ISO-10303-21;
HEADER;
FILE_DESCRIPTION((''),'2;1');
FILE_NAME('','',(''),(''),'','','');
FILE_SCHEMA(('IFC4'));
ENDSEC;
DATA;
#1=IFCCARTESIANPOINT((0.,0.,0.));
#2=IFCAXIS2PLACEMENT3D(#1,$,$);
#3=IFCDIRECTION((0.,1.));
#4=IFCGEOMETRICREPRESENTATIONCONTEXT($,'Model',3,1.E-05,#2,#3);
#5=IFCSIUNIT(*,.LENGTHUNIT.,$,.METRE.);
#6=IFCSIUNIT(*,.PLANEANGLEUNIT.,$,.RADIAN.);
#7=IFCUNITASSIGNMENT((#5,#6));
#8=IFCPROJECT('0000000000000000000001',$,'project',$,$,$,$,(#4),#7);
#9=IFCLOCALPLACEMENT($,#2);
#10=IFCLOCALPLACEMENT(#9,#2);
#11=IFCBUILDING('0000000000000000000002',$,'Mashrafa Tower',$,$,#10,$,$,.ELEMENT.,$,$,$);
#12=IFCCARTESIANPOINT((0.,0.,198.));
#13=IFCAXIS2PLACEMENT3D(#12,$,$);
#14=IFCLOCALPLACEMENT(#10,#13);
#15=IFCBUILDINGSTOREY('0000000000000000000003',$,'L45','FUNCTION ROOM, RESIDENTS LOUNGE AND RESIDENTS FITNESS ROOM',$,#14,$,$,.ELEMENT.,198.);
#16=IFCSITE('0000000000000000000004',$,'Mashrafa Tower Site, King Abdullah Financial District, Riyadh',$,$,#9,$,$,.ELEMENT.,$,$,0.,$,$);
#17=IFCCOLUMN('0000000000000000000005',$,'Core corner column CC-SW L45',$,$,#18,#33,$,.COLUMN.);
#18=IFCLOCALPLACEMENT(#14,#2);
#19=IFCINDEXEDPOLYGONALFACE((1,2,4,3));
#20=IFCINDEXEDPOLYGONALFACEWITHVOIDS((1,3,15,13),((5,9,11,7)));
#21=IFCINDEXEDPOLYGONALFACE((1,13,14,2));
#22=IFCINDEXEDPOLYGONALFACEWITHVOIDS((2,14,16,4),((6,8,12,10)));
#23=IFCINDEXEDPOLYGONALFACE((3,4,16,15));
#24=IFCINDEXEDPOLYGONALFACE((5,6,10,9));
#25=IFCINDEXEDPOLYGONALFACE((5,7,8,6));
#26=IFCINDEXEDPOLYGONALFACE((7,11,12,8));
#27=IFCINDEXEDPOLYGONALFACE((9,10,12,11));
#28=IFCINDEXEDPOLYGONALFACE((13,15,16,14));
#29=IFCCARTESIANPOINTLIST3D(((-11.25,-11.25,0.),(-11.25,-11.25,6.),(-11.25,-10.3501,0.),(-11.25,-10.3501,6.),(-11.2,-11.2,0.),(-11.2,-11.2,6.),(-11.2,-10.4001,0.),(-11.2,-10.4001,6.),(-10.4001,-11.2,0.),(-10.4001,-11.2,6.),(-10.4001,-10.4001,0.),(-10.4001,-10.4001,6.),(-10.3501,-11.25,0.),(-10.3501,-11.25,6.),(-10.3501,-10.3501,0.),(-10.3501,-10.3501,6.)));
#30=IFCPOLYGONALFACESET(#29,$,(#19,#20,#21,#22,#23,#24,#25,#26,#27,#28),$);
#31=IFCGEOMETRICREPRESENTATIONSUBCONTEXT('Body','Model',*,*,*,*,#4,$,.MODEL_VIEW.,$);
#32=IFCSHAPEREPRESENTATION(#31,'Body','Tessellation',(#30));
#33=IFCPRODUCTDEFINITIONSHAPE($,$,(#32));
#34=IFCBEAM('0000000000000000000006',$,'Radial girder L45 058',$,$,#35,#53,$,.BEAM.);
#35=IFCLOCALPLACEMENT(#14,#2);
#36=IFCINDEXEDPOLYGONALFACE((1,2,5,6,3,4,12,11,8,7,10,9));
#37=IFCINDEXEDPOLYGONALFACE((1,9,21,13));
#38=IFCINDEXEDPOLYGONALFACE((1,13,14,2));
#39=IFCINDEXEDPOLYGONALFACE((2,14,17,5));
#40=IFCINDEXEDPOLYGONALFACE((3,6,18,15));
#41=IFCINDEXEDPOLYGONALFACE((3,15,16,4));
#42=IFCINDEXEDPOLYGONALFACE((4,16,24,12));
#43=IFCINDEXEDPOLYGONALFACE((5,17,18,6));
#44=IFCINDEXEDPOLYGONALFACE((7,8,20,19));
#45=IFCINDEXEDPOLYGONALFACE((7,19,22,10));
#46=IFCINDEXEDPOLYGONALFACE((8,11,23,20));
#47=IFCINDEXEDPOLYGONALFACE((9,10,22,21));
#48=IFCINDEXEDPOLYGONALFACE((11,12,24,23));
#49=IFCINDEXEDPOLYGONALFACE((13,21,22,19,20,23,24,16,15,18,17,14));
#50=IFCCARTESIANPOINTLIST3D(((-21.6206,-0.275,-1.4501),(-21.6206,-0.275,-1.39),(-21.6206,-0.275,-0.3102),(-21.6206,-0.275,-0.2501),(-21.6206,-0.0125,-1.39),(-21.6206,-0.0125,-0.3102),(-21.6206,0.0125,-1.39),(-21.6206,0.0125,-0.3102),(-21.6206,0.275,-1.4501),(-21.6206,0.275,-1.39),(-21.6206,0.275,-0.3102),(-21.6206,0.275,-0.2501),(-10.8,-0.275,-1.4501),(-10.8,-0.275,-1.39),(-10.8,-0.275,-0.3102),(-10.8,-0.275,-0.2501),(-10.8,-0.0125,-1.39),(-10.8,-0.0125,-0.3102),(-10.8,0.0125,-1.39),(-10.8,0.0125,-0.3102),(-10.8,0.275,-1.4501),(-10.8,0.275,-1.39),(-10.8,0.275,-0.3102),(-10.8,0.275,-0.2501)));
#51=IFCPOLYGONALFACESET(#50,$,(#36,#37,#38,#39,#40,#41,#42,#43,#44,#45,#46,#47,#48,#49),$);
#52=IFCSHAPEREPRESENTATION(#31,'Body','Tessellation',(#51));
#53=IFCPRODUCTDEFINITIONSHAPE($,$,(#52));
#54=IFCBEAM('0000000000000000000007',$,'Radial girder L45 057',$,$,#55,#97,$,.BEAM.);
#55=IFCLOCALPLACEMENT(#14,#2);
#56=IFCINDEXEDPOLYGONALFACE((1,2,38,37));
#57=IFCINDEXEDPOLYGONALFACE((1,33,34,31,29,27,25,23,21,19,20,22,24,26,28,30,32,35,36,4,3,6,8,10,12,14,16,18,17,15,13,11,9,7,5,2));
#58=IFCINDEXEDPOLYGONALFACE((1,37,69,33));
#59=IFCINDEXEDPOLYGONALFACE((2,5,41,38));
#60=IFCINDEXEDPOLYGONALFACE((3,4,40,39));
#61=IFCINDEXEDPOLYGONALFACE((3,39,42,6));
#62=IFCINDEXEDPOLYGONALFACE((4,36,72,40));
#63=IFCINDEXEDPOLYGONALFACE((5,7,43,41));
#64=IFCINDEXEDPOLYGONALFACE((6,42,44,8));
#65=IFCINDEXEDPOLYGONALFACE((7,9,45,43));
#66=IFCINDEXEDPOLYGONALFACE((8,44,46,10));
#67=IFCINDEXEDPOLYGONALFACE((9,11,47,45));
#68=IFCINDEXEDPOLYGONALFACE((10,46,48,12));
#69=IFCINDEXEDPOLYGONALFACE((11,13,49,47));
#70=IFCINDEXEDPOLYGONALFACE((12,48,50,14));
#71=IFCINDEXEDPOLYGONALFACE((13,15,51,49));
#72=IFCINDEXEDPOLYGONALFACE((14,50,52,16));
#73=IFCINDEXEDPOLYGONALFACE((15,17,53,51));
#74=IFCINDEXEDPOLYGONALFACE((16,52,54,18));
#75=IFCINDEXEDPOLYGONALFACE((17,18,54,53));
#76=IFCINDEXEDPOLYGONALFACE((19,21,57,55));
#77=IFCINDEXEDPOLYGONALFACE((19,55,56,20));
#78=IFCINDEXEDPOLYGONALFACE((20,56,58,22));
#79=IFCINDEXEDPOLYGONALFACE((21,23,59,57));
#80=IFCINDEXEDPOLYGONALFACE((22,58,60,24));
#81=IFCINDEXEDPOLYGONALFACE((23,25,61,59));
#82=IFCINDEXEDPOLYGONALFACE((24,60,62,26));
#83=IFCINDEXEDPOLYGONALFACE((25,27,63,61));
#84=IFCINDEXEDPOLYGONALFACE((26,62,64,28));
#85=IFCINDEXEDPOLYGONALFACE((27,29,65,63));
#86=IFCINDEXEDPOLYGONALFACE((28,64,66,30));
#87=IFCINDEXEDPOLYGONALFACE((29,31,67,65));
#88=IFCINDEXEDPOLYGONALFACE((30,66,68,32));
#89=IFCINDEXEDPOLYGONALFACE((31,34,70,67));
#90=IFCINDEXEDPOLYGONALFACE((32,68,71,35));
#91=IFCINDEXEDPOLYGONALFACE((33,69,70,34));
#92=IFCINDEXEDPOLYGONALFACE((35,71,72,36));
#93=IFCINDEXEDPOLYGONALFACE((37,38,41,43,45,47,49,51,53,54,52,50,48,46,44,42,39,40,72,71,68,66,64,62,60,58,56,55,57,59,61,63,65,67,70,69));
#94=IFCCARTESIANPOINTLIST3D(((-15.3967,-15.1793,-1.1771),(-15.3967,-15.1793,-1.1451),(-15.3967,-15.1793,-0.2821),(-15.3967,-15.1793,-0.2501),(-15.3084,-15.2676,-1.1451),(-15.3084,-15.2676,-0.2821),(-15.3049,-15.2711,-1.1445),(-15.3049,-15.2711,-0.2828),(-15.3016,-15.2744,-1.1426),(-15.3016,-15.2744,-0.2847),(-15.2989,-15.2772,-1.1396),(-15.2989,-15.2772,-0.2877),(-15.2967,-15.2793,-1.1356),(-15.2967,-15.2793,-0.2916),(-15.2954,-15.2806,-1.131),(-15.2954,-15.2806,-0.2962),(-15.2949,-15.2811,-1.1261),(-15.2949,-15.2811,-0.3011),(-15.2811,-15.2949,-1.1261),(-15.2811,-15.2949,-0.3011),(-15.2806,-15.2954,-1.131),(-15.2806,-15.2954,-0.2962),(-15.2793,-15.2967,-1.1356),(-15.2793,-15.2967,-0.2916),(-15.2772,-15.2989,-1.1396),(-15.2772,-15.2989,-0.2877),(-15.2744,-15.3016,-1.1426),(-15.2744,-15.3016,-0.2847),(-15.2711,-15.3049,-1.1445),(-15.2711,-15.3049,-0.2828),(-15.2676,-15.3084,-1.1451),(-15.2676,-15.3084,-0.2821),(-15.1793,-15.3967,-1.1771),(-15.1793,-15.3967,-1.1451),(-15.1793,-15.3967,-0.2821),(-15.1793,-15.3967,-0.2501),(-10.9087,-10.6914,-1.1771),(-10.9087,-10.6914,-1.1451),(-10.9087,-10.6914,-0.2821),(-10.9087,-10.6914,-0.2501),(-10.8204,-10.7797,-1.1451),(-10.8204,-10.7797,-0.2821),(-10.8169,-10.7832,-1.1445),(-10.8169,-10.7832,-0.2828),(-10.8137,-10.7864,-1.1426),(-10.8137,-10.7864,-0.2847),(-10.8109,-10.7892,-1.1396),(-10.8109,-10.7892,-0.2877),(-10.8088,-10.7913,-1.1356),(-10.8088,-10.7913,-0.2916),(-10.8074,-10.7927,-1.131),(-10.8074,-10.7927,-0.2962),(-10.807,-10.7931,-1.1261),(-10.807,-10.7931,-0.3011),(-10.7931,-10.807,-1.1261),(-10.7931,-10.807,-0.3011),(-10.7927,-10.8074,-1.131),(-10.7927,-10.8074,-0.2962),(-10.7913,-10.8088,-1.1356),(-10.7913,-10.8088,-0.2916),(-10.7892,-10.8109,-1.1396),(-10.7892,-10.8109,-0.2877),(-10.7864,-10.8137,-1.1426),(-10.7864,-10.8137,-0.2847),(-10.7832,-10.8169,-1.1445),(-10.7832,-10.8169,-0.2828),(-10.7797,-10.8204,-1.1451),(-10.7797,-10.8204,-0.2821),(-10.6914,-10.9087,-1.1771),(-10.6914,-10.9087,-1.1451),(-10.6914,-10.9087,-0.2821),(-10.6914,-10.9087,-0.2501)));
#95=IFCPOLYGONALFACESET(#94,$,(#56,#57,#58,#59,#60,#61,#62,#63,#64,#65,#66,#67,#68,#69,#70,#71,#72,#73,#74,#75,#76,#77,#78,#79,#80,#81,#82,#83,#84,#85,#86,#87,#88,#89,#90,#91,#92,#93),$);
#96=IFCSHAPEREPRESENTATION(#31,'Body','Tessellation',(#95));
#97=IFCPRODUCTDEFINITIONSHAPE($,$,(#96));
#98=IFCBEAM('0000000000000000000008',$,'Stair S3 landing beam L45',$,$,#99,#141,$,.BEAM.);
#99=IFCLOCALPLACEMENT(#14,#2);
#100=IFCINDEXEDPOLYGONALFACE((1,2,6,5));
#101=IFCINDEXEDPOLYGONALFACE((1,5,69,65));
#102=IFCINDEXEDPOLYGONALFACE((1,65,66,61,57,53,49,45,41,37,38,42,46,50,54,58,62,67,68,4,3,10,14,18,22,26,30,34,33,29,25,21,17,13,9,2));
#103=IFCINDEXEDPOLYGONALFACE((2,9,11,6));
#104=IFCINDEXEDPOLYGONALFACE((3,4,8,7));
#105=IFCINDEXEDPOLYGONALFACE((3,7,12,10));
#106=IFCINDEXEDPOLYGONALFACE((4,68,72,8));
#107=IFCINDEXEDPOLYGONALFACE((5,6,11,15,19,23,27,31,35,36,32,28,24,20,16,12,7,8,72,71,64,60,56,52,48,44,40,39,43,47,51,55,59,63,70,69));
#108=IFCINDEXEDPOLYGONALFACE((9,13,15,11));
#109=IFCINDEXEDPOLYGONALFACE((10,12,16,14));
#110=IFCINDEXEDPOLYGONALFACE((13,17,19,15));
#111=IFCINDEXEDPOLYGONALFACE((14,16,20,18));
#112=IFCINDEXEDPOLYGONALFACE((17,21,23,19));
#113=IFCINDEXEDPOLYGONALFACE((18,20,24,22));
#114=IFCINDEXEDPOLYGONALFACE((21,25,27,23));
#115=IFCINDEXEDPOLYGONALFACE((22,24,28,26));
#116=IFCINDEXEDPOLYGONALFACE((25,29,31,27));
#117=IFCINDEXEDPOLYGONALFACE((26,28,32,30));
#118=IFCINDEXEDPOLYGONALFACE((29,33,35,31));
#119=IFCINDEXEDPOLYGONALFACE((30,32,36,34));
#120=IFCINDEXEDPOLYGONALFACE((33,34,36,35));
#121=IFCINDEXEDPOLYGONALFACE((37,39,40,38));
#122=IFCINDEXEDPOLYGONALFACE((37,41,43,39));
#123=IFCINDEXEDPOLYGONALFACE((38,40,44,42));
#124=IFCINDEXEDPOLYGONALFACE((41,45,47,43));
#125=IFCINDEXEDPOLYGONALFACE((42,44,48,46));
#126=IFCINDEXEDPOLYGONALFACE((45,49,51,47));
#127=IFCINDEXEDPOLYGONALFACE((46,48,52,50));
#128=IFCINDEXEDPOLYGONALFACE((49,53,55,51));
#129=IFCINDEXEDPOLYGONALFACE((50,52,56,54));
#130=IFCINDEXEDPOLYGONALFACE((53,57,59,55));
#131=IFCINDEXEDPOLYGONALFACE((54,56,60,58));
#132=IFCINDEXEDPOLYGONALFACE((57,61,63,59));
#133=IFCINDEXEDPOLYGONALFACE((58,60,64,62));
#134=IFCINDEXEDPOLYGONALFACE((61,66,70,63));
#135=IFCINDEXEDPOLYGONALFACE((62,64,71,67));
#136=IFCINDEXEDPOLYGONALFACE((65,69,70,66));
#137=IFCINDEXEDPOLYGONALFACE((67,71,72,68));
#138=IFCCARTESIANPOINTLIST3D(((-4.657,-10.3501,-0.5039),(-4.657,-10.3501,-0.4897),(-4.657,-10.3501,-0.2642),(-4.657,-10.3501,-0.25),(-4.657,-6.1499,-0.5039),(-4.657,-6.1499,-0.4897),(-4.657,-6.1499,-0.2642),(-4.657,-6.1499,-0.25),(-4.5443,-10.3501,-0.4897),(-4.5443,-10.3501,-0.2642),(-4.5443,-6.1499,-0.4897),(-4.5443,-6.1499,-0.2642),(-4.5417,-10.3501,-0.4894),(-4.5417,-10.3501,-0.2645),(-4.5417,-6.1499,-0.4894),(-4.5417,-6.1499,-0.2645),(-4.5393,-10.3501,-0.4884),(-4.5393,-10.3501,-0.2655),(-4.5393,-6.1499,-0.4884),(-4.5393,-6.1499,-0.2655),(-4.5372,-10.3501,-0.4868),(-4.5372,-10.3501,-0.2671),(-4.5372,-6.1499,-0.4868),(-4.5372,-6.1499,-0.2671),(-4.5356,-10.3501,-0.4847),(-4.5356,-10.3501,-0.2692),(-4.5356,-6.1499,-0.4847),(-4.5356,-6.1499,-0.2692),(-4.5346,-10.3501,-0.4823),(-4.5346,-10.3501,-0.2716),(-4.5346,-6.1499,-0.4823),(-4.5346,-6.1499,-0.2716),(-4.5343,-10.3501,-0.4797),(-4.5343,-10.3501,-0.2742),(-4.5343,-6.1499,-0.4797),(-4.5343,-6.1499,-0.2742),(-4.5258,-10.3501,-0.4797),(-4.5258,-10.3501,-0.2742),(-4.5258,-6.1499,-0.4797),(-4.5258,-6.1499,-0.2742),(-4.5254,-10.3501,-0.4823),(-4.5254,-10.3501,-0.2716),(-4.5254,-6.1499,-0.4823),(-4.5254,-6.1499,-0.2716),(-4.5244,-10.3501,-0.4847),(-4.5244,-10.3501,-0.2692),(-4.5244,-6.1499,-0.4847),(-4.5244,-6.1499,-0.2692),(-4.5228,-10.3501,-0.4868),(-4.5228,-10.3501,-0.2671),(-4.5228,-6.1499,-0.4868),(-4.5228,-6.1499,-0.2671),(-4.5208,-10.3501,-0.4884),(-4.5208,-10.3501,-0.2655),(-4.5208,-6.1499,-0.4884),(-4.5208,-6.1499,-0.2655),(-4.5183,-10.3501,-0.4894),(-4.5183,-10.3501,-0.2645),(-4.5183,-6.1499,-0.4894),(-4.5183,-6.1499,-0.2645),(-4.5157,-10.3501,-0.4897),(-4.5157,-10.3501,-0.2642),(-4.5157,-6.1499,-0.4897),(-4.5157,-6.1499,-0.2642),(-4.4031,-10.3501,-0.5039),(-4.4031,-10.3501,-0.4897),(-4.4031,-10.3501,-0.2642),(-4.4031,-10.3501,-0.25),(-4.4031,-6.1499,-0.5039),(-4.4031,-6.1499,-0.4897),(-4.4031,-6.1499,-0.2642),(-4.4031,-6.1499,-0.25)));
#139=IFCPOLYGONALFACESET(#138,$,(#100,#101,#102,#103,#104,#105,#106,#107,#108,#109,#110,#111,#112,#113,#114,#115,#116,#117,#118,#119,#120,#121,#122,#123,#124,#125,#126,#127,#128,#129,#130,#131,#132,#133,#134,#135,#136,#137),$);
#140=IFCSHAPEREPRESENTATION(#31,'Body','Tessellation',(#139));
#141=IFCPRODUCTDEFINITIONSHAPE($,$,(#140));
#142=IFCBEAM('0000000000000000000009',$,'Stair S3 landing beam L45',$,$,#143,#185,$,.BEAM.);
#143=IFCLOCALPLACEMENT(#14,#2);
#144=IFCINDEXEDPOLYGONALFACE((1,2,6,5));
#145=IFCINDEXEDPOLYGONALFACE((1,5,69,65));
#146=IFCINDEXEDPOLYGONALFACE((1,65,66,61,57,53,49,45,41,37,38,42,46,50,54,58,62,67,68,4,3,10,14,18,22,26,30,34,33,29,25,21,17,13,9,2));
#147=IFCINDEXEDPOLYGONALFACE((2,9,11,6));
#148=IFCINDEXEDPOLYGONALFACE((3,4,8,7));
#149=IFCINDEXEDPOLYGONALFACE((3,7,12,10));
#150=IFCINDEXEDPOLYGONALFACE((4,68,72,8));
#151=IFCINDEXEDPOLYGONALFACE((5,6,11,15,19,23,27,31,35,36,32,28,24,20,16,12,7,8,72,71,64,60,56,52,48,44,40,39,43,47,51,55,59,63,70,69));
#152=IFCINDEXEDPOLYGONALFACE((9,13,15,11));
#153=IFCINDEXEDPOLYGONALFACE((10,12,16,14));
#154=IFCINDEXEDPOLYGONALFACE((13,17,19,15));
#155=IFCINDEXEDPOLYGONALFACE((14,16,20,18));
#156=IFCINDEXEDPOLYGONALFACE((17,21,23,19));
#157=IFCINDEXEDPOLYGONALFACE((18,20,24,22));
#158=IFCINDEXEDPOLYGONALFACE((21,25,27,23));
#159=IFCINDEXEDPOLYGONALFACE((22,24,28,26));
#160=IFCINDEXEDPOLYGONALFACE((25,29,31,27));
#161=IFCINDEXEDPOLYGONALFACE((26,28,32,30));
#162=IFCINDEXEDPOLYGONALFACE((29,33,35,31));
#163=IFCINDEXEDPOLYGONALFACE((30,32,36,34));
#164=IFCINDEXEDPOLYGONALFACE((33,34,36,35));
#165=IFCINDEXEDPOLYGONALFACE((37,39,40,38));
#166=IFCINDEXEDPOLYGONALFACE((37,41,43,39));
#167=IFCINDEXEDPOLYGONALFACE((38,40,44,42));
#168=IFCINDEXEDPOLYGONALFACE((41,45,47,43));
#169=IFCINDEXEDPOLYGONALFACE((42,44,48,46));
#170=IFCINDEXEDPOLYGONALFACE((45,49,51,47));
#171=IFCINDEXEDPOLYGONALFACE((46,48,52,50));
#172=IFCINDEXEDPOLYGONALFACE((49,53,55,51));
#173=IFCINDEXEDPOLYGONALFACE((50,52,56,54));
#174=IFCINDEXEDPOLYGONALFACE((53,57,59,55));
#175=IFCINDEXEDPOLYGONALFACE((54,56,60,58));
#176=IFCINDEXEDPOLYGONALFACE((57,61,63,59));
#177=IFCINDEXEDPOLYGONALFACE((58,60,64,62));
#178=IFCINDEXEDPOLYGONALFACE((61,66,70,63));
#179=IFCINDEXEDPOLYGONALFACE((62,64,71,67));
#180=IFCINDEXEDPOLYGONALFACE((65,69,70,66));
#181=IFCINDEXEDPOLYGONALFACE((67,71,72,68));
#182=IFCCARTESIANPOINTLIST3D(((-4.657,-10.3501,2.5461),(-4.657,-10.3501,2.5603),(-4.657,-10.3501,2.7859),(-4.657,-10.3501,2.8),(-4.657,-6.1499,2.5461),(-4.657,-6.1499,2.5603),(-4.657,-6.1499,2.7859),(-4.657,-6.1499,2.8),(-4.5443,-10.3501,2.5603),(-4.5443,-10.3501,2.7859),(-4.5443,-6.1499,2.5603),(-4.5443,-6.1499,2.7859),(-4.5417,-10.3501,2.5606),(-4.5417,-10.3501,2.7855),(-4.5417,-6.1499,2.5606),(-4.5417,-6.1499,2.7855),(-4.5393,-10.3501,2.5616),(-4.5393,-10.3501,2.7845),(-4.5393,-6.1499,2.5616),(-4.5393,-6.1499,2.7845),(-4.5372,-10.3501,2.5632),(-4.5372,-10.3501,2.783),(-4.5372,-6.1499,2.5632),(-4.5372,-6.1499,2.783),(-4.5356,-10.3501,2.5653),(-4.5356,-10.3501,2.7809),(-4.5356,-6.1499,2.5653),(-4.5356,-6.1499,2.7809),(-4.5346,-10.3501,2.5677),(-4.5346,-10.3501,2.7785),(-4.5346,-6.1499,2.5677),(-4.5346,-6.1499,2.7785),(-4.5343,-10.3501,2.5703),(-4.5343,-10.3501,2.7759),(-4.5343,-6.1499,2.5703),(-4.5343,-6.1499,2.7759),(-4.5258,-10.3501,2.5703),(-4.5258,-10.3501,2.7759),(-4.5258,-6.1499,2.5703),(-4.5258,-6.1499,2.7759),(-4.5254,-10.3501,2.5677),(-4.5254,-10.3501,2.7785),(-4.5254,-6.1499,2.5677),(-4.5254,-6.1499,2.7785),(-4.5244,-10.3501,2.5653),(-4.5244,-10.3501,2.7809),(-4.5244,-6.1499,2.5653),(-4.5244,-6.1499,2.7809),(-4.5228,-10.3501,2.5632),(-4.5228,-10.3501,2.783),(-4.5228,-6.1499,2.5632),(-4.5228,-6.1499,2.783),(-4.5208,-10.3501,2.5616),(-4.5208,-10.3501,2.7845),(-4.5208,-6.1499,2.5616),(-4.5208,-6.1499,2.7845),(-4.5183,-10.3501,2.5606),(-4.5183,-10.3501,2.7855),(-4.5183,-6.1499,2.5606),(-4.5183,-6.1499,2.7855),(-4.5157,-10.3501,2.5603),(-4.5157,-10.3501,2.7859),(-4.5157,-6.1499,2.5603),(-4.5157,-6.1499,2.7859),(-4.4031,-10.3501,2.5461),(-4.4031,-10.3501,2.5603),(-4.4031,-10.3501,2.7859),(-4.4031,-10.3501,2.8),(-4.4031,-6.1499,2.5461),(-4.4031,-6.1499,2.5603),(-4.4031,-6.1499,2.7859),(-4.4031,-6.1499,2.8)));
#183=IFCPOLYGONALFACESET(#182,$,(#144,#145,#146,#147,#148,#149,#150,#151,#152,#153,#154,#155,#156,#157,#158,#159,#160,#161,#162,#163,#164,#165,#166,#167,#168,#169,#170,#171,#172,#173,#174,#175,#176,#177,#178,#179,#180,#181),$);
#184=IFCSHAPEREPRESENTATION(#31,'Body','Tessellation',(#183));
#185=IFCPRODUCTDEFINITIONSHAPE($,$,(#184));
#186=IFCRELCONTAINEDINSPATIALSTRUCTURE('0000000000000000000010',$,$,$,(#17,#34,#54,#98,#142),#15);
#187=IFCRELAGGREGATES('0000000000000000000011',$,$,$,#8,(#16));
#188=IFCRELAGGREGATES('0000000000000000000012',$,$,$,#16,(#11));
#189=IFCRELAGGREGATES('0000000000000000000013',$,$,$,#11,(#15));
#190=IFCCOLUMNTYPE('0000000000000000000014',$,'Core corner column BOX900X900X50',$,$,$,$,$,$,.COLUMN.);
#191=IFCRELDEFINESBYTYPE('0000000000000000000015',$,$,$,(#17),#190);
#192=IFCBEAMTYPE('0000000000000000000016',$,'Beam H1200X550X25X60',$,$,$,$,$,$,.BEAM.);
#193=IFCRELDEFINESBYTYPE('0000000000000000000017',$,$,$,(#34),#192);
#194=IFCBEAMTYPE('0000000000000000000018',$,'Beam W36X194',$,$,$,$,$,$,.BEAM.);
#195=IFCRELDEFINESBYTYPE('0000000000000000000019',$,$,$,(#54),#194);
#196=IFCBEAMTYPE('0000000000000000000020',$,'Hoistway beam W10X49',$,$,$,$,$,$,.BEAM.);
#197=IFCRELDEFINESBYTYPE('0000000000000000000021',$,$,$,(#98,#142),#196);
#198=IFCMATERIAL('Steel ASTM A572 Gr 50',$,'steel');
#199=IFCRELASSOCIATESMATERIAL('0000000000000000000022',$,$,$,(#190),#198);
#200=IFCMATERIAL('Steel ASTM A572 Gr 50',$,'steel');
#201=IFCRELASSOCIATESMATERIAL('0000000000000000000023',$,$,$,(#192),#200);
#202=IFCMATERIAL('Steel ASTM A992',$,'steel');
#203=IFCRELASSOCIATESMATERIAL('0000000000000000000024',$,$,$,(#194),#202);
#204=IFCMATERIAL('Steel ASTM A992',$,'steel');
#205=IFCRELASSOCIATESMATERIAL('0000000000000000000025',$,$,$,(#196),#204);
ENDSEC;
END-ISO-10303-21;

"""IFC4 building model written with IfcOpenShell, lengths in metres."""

from ifc_helpers import new_model, si_unit, direction, frame, origin, origin_2d, place, context, subcontext, project, spatial, hollow_rectangle, i_section, extrude, material, material_profile, profile_set, type_object, element, save


model = new_model("IFC4")

# Units and contexts
model_context = context("Model", 3, precision=1e-05, world=origin(), true_north=direction((0.0, 1.0)))
body_context = subcontext(model_context, "Body", "Model", "MODEL_VIEW")
ifc_project = project(units=[si_unit("LENGTHUNIT", "METRE"), si_unit("PLANEANGLEUNIT", "RADIAN")], contexts=[model_context])

# Site, building, storey
site_placement = place(None, origin())
site = spatial("IfcSite", under=ifc_project, at=site_placement, Name="Mashrafa Tower Site, King Abdullah Financial District, Riyadh", CompositionType="ELEMENT", RefElevation=0.0)
building_placement = place(site_placement, origin())
building = spatial("IfcBuilding", under=site, at=building_placement, Name="Mashrafa Tower", CompositionType="ELEMENT")
storey_placement = place(building_placement, frame((0.0, 0.0, 198.0)))
storey = spatial("IfcBuildingStorey", under=building, at=storey_placement, Name="L45", Description="FUNCTION ROOM, RESIDENTS LOUNGE AND RESIDENTS FITNESS ROOM", CompositionType="ELEMENT", Elevation=198.0)

# Column
ifc_material_1 = material(Name="Steel ASTM A572 Gr 50", Category="steel")
ifc_material_profile_1 = material_profile(ifc_material_1, hollow_rectangle(XDim=0.8999, YDim=0.8999, WallThickness=0.05, at=origin_2d()), Name="BOX900X900X50")
ifc_profile_set_1 = profile_set([ifc_material_profile_1], Name="Steel ASTM A572 Gr 50")
column_type = type_object("IfcColumnType", Name="Core corner column BOX900X900X50", PredefinedType="COLUMN", material=ifc_profile_set_1)
column_placement = place(storey_placement, frame((-10.8, -10.8, 0.0), z_axis=(0.0, 0.0, 1.0), x_axis=(1.0, 0.0, 0.0)))
element("IfcColumn", 1, at=column_placement, inside=storey, type_object=column_type, Name="Core corner column CC-SW L45", PredefinedType="COLUMN", context=body_context, shape_type="SweptSolid", body=[
    extrude(hollow_rectangle(XDim=0.8999, YDim=0.8999, WallThickness=0.05, at=origin_2d()), origin(), (0.0, 0.0, 1.0), 6.0),
])

# Beams
ifc_material_2 = material(Name="Steel ASTM A572 Gr 50", Category="steel")
ifc_material_profile_2 = material_profile(ifc_material_2, i_section(OverallWidth=0.55, OverallDepth=1.2, WebThickness=0.0249, FlangeThickness=0.0601, at=origin_2d()), Name="H1200X550X25X60")
ifc_profile_set_2 = profile_set([ifc_material_profile_2], Name="Steel ASTM A572 Gr 50")
beam_type_1 = type_object("IfcBeamType", Name="Beam H1200X550X25X60", PredefinedType="BEAM", material=ifc_profile_set_2)
beam_1_placement = place(storey_placement, frame((-10.8, 0.0, -0.8501), z_axis=(-1.0, 0.0, 0.0), x_axis=(0.0, -1.0, 0.0)))
element("IfcBeam", 2, at=beam_1_placement, inside=storey, type_object=beam_type_1, Name="Radial girder L45 058", PredefinedType="BEAM", context=body_context, shape_type="SweptSolid", body=[
    extrude(i_section(OverallWidth=0.55, OverallDepth=1.2, WebThickness=0.0249, FlangeThickness=0.0601, at=origin_2d()), origin(), (0.0, 0.0, 1.0), 10.8206),
])
ifc_material_3 = material(Name="Steel ASTM A992", Category="steel")
ifc_material_profile_3 = material_profile(ifc_material_3, i_section(OverallWidth=0.3074, OverallDepth=0.927, WebThickness=0.0195, FlangeThickness=0.032, FilletRadius=0.019, at=origin_2d()), Name="W36X194")
ifc_profile_set_3 = profile_set([ifc_material_profile_3], Name="Steel ASTM A992")
beam_type_2 = type_object("IfcBeamType", Name="Beam W36X194", PredefinedType="BEAM", material=ifc_profile_set_3)
beam_2_placement = place(storey_placement, frame((-10.8, -10.8, -0.7136), z_axis=(-0.707107, -0.707107, 0.0), x_axis=(0.707107, -0.707107, 0.0)))
element("IfcBeam", 3, at=beam_2_placement, inside=storey, type_object=beam_type_2, Name="Radial girder L45 057", PredefinedType="BEAM", context=body_context, shape_type="SweptSolid", body=[
    extrude(i_section(OverallWidth=0.3074, OverallDepth=0.927, WebThickness=0.0195, FlangeThickness=0.032, FilletRadius=0.019, at=origin_2d()), origin(), (0.0, 0.0, 1.0), 6.3469),
])
ifc_material_4 = material(Name="Steel ASTM A992", Category="steel")
ifc_material_profile_4 = material_profile(ifc_material_4, i_section(OverallWidth=0.2539, OverallDepth=0.2539, WebThickness=0.0085, FlangeThickness=0.0142, FilletRadius=0.01, at=origin_2d()), Name="W10X49")
ifc_profile_set_4 = profile_set([ifc_material_profile_4], Name="Steel ASTM A992")
beam_type_3 = type_object("IfcBeamType", Name="Hoistway beam W10X49", PredefinedType="BEAM", material=ifc_profile_set_4)
for number, where, z_axis, x_axis, name in (
    (4, (-4.53, -10.3501, -0.377), (0.0, 1.0, 0.0), (-1.0, 0.0, 0.0), "Stair S3 landing beam L45"),
    (5, (-4.53, -10.3501, 2.6731), (0.0, 1.0, 0.0), (-1.0, 0.0, 0.0), "Stair S3 landing beam L45"),
):
    element("IfcBeam", number, at=place(storey_placement, frame(where, z_axis=z_axis, x_axis=x_axis)), inside=storey, type_object=beam_type_3, Name=name, PredefinedType="BEAM", context=body_context, shape_type="SweptSolid", body=[
        extrude(i_section(OverallWidth=0.2539, OverallDepth=0.2539, WebThickness=0.0085, FlangeThickness=0.0142, FilletRadius=0.01, at=origin_2d()), origin(), (0.0, 0.0, 1.0), 4.2002),
    ])

save(model, "model.ifc")
